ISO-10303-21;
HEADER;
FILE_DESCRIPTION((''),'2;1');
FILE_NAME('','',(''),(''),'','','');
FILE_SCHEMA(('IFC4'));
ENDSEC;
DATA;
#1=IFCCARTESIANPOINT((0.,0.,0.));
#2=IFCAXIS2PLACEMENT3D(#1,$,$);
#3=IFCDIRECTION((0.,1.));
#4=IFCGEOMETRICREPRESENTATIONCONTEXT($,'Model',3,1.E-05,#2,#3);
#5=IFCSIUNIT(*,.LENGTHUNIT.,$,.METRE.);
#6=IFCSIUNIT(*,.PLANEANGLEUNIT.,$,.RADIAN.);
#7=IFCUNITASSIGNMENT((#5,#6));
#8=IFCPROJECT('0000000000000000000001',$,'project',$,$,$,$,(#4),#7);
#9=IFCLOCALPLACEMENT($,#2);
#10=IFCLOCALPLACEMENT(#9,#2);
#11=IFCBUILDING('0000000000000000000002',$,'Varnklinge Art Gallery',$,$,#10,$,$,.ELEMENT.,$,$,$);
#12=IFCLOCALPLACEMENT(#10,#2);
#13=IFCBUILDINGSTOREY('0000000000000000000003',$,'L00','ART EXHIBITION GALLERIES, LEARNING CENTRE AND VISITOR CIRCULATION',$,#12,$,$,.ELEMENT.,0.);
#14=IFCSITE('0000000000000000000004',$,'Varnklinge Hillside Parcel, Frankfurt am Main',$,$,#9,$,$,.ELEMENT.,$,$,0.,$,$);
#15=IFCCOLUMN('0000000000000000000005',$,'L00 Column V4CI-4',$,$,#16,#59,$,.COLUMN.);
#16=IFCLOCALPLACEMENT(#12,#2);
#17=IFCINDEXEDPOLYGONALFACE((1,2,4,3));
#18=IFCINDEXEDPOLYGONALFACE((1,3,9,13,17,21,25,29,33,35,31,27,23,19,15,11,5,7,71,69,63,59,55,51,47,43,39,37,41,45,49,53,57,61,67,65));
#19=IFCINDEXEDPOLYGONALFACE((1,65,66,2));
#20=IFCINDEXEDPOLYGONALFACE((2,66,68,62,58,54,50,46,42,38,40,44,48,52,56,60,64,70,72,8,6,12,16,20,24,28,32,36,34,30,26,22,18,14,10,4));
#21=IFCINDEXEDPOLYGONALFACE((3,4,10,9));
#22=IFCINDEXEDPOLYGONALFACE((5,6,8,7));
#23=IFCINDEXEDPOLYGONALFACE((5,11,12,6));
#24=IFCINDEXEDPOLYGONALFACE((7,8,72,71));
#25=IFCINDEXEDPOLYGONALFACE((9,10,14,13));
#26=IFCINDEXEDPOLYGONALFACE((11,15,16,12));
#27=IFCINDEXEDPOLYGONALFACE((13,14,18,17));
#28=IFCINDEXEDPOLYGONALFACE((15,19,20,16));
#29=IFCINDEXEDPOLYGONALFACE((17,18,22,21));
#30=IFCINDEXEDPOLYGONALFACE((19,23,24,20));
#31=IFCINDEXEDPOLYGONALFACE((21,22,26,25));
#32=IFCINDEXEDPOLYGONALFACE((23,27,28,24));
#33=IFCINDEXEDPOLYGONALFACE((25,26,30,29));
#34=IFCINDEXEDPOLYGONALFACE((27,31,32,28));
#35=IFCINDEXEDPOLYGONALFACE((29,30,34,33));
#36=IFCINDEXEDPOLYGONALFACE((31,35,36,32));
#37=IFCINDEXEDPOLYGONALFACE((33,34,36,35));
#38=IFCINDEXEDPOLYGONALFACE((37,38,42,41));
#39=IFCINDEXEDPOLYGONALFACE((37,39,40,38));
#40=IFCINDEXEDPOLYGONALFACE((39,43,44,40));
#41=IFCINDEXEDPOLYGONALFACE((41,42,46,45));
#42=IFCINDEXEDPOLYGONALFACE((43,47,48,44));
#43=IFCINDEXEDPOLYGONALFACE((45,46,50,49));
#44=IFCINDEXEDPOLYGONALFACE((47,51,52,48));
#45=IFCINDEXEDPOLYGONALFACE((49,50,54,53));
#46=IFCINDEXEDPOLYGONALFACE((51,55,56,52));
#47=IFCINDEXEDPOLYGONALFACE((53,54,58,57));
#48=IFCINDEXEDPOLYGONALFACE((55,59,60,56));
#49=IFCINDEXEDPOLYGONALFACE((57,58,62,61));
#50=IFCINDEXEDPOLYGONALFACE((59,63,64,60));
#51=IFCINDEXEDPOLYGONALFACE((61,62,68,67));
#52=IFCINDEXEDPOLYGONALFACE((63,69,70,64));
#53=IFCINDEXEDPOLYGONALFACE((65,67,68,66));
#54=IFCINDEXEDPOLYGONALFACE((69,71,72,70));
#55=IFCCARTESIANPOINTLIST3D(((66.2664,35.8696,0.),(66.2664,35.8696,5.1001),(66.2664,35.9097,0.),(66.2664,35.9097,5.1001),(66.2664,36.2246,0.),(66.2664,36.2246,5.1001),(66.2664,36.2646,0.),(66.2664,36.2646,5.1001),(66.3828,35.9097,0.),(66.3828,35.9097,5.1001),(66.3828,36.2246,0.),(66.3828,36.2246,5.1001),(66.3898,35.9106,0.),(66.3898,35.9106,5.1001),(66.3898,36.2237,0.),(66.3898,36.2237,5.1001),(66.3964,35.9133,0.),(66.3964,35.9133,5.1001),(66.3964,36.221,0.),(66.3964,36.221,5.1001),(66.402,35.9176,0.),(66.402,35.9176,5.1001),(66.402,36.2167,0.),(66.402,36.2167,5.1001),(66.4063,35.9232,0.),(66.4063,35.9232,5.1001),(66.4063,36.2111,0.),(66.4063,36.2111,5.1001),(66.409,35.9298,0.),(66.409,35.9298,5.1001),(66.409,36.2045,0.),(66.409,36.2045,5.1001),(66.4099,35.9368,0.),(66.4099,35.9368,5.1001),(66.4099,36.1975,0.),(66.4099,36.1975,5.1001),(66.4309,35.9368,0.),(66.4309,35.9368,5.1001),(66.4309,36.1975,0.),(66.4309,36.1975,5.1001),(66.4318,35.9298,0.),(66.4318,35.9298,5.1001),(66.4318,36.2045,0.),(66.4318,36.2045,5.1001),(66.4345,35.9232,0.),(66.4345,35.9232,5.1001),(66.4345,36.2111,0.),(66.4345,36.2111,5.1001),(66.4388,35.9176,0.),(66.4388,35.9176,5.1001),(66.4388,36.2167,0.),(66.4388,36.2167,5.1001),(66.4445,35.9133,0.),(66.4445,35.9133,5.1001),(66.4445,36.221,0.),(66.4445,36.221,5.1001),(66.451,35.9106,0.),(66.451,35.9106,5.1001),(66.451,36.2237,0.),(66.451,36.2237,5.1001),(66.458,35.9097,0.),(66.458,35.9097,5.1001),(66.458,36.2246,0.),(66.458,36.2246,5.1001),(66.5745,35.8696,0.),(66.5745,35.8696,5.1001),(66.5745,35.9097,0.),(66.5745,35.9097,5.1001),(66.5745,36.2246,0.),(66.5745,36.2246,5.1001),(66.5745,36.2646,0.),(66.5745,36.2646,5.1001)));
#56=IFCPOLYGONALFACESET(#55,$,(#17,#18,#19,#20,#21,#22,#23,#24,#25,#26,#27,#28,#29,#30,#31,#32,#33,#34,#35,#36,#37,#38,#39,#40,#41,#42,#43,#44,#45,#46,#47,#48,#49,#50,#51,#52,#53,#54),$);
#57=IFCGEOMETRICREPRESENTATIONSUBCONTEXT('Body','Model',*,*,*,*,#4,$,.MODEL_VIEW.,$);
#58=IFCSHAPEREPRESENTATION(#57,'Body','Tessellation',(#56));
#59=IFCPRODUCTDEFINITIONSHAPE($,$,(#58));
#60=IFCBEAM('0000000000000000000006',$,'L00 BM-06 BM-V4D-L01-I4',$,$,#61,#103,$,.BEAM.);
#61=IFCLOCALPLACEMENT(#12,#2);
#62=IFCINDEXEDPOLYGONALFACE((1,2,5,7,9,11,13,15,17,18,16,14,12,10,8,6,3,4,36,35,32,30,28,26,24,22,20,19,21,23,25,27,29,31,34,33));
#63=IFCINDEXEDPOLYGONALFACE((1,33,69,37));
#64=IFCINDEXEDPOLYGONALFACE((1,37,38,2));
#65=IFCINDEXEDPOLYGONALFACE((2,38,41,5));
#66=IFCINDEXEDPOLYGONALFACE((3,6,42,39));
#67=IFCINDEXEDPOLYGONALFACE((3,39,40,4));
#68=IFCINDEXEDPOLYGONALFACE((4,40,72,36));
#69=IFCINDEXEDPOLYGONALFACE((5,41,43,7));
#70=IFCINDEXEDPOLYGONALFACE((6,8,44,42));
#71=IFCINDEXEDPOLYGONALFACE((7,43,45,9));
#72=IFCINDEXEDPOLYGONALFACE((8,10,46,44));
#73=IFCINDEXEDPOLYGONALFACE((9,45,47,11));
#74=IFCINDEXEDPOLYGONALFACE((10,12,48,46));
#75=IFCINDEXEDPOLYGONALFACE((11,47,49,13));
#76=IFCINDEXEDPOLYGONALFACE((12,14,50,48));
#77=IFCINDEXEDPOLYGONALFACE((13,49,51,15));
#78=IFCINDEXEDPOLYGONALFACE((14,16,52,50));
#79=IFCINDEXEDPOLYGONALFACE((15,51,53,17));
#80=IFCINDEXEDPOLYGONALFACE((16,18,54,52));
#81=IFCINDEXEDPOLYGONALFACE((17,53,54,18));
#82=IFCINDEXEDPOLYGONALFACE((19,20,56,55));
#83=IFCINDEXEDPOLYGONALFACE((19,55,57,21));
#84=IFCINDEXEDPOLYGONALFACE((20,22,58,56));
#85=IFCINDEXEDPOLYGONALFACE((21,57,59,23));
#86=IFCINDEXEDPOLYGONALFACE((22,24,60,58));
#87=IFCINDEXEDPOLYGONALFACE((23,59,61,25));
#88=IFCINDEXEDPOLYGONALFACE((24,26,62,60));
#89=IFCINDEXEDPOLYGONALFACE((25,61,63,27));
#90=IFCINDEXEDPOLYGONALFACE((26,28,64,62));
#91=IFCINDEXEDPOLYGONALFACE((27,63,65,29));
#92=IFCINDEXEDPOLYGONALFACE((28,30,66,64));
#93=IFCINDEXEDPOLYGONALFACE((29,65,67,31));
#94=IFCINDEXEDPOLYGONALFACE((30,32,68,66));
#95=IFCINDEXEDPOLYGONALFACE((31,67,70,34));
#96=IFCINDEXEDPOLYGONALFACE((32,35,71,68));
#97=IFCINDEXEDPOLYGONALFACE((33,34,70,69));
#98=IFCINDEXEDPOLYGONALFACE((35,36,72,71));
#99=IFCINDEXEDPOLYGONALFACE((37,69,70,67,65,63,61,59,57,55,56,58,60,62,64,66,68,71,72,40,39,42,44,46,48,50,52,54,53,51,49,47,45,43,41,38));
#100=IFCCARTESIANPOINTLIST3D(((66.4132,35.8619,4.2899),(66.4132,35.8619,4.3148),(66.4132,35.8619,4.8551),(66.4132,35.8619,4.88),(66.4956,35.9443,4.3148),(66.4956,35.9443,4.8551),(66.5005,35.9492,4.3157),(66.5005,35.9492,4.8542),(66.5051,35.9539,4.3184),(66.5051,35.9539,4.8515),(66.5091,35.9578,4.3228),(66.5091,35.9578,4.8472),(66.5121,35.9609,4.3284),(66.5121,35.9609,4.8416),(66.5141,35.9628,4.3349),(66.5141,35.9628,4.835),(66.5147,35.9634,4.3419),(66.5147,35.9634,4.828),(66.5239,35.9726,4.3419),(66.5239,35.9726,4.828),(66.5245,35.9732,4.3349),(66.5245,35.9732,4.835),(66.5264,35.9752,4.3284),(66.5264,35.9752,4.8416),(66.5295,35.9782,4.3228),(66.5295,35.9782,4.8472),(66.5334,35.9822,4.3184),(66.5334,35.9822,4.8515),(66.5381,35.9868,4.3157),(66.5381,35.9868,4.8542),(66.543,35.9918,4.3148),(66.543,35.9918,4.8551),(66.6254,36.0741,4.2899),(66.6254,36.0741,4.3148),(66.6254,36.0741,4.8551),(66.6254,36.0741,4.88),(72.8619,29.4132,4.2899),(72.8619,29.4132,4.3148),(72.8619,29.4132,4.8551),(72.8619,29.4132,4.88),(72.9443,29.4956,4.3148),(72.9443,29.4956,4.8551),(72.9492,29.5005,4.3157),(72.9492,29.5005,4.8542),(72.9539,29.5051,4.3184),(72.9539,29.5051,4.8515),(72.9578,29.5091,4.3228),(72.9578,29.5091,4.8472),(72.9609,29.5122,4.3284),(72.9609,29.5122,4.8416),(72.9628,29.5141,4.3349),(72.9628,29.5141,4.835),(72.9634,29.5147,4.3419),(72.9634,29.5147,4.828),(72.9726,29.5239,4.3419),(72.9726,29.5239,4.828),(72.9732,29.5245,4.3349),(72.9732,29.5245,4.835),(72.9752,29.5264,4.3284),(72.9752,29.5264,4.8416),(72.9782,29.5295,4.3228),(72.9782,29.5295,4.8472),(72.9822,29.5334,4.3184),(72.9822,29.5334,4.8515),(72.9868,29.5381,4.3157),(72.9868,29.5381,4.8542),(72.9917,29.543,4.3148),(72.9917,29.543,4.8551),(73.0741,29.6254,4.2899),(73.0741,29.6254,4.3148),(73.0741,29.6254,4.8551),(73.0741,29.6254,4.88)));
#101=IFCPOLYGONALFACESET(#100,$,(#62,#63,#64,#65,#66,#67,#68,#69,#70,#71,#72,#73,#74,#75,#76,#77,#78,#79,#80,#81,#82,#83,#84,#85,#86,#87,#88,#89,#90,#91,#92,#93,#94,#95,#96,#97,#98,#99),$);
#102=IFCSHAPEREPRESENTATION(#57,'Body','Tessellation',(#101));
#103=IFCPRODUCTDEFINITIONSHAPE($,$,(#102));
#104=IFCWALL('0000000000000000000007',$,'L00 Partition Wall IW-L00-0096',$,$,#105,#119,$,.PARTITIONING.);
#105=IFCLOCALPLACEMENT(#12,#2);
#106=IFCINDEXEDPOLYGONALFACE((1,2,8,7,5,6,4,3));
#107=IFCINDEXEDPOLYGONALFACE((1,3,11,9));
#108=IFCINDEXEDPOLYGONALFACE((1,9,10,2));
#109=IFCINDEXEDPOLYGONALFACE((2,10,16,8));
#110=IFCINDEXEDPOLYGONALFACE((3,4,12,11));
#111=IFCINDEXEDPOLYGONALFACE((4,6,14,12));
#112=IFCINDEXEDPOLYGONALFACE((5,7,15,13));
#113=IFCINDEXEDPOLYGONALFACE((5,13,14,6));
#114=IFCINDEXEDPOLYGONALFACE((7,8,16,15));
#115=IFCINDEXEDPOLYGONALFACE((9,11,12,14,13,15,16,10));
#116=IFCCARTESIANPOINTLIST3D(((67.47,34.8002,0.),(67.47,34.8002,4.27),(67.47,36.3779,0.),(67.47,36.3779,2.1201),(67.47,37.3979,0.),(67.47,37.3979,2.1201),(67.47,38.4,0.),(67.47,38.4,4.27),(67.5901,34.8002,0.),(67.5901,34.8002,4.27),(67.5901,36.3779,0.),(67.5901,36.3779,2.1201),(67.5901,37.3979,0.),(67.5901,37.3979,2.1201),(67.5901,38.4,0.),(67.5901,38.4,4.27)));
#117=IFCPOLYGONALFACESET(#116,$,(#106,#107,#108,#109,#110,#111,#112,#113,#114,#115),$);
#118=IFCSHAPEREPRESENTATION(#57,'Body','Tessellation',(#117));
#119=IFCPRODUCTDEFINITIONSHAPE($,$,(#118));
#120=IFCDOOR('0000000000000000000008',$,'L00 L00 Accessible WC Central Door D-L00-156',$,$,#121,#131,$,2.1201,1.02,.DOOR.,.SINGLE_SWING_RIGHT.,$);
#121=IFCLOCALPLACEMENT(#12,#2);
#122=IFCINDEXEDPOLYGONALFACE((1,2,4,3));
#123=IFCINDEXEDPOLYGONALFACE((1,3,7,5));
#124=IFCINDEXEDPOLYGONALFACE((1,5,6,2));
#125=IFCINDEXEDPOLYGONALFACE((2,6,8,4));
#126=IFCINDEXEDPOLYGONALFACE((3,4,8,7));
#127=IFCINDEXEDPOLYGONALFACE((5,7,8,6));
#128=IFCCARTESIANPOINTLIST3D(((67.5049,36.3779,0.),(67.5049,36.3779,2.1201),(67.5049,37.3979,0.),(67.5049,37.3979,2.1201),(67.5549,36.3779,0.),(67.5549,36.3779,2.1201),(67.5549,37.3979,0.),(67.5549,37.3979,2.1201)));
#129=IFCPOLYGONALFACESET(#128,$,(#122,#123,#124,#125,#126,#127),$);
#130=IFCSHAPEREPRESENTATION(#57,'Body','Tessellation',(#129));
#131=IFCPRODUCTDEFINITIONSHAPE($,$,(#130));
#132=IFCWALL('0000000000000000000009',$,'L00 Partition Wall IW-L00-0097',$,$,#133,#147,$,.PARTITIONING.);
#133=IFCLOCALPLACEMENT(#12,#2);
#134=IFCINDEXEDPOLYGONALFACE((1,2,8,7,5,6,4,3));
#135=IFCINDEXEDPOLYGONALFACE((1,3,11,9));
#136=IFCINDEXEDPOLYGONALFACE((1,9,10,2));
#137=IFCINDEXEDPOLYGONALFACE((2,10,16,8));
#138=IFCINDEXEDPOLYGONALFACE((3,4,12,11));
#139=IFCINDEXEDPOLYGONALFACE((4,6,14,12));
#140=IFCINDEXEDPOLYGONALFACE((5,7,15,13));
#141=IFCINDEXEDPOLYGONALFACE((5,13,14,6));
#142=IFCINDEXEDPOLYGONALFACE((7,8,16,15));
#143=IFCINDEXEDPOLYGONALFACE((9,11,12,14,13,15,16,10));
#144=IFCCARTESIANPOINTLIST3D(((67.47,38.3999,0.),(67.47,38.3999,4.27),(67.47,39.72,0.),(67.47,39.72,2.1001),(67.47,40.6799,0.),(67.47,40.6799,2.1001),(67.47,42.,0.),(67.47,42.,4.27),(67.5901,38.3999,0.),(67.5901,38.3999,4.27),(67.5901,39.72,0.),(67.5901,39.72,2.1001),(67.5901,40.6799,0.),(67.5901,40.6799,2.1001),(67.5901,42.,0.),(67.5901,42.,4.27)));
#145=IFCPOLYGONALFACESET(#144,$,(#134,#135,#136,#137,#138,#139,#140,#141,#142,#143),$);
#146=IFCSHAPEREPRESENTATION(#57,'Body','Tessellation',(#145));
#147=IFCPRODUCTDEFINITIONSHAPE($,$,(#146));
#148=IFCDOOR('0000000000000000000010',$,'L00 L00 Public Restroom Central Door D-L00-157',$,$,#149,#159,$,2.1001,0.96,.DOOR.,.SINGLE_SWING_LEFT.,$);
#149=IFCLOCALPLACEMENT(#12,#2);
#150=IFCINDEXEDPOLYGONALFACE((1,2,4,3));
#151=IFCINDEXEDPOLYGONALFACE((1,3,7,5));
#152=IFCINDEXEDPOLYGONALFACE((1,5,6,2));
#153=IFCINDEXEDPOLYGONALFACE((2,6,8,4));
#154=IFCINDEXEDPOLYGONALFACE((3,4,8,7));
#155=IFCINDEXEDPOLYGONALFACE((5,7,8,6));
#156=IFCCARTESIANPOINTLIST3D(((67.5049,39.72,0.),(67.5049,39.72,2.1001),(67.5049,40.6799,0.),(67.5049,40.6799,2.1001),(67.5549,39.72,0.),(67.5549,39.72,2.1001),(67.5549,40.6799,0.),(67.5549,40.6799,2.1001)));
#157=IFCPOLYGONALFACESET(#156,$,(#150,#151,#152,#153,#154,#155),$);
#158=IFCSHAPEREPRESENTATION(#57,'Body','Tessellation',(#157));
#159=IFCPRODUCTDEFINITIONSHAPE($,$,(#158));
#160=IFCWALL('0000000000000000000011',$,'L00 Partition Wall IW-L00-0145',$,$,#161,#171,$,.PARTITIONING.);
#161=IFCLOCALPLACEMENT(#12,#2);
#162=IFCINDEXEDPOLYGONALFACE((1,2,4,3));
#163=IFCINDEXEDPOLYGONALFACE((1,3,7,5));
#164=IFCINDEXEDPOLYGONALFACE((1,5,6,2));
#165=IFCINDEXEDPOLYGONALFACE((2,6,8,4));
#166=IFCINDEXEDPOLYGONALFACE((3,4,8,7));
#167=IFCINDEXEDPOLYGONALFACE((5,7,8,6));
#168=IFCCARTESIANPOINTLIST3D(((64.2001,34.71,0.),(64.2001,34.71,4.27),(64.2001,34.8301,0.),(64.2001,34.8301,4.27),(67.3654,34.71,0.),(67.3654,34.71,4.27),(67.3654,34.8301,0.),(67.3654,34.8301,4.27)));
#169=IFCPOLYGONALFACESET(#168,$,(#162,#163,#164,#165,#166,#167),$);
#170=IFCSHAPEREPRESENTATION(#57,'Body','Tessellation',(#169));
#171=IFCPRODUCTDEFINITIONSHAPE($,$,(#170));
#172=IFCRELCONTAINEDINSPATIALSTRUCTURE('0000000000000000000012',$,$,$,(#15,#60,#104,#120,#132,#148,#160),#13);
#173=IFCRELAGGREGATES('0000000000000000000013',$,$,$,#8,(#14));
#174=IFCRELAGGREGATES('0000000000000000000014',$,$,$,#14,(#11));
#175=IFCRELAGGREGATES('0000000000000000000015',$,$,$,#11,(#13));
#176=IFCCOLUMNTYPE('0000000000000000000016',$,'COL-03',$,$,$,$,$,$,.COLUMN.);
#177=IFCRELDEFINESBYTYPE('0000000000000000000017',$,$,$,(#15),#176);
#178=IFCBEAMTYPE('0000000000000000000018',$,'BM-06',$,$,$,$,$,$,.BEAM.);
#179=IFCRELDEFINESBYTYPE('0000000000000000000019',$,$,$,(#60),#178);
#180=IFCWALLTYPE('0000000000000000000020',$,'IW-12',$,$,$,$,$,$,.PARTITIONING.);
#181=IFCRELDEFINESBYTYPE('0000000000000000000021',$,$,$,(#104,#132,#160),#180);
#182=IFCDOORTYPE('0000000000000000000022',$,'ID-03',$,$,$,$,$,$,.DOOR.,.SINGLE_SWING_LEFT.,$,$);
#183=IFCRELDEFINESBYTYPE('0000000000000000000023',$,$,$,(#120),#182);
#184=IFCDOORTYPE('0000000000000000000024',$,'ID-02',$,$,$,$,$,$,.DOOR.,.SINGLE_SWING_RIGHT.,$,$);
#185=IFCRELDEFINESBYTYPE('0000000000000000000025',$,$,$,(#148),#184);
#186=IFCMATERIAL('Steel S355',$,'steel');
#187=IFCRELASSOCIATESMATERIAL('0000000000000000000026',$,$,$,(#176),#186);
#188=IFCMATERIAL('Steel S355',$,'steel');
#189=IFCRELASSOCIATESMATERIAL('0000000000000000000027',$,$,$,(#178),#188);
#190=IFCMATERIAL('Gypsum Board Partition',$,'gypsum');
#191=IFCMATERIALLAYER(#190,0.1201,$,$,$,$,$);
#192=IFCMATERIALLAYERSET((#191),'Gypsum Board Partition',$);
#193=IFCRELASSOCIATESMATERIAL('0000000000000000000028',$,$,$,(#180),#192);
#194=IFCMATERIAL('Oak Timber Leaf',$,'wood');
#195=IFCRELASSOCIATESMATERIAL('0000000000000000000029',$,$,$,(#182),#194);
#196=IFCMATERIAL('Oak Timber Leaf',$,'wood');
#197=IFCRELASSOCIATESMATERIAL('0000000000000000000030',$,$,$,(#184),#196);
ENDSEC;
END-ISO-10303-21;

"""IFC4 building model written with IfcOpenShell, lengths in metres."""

from ifc_helpers import new_model, si_unit, direction, frame, frame_2d, origin, origin_2d, place, context, subcontext, project, spatial, rectangle, i_section, extrude, material, layer, layer_set, material_profile, profile_set, type_object, element, fill, save


model = new_model("IFC4")

# Units and contexts
model_context = context("Model", 3, precision=1e-05, world=origin(), true_north=direction((0.0, 1.0)))
body_context = subcontext(model_context, "Body", "Model", "MODEL_VIEW")
ifc_project = project(units=[si_unit("LENGTHUNIT", "METRE"), si_unit("PLANEANGLEUNIT", "RADIAN")], contexts=[model_context])

# Site, building, storey
site_placement = place(None, origin())
site = spatial("IfcSite", under=ifc_project, at=site_placement, Name="Varnklinge Hillside Parcel, Frankfurt am Main", CompositionType="ELEMENT", RefElevation=0.0)
building_placement = place(site_placement, origin())
building = spatial("IfcBuilding", under=site, at=building_placement, Name="Varnklinge Art Gallery", CompositionType="ELEMENT")
storey_placement = place(building_placement, origin())
storey = spatial("IfcBuildingStorey", under=building, at=storey_placement, Name="L00", Description="ART EXHIBITION GALLERIES, LEARNING CENTRE AND VISITOR CIRCULATION", CompositionType="ELEMENT", Elevation=0.0)

# Column
ifc_material_1 = material(Name="Steel S355", Category="steel")
ifc_material_profile_1 = material_profile(ifc_material_1, i_section(OverallWidth=0.3081, OverallDepth=0.395, WebThickness=0.021, FlangeThickness=0.04, FilletRadius=0.0271, at=origin_2d()), Name="HEM 360")
ifc_profile_set_1 = profile_set([ifc_material_profile_1], Name="Steel S355")
column_type = type_object("IfcColumnType", Name="COL-03", PredefinedType="COLUMN", material=ifc_profile_set_1)
column_placement = place(storey_placement, frame((66.4204, 36.0671, 0.0), z_axis=(0.0, 0.0, 1.0), x_axis=(1.0, 0.0, 0.0)))
element("IfcColumn", 1, at=column_placement, inside=storey, type_object=column_type, Name="L00 Column V4CI-4", PredefinedType="COLUMN", context=body_context, shape_type="SweptSolid", body=[
    extrude(i_section(OverallWidth=0.3081, OverallDepth=0.395, WebThickness=0.021, FlangeThickness=0.04, FilletRadius=0.0271, at=origin_2d()), origin(), (0.0, 0.0, 1.0), 5.1001),
])

# Beam
ifc_material_2 = material(Name="Steel S355", Category="steel")
ifc_material_profile_2 = material_profile(ifc_material_2, i_section(OverallWidth=0.3, OverallDepth=0.5901, WebThickness=0.0129, FlangeThickness=0.0249, FilletRadius=0.0271, at=origin_2d()), Name="HEA 600")
ifc_profile_set_2 = profile_set([ifc_material_profile_2], Name="Steel S355")
beam_type = type_object("IfcBeamType", Name="BM-06", PredefinedType="BEAM", material=ifc_profile_set_2)
beam_placement = place(storey_placement, frame((66.5193, 35.968, 4.585), z_axis=(0.707107, -0.707107, 0.0), x_axis=(0.707107, 0.707107, 0.0)))
element("IfcBeam", 2, at=beam_placement, inside=storey, type_object=beam_type, Name="L00 BM-06 BM-V4D-L01-I4", PredefinedType="BEAM", context=body_context, shape_type="SweptSolid", body=[
    extrude(i_section(OverallWidth=0.3, OverallDepth=0.5901, WebThickness=0.0129, FlangeThickness=0.0249, FilletRadius=0.0271, at=origin_2d()), origin(), (0.0, 0.0, 1.0), 9.1199),
])

# Walls, openings, doors
ifc_material_3 = material(Name="Gypsum Board Partition", Category="gypsum")
ifc_layer_1 = layer(ifc_material_3, 0.1201)
ifc_layer_set_1 = layer_set([ifc_layer_1], Name="Gypsum Board Partition")
wall_type_1 = type_object("IfcWallType", Name="IW-12", PredefinedType="PARTITIONING", material=ifc_layer_set_1)
wall_1_placement = place(storey_placement, frame((67.53, 38.3999, 0.0), z_axis=(0.0, 0.0, 1.0), x_axis=(0.0, -1.0, 0.0)))
wall_1 = element("IfcWall", 3, at=wall_1_placement, inside=storey, type_object=wall_type_1, Name="L00 Partition Wall IW-L00-0096", PredefinedType="PARTITIONING", context=body_context, shape_type="SweptSolid", body=[
    extrude(rectangle(XDim=3.5999, YDim=0.1201, at=frame_2d((1.7998, 0.0))), origin(), (0.0, 0.0, 1.0), 4.27),
])
opening_1_placement = place(wall_1_placement, frame((1.002, 0.0, 0.0)))
opening_1 = element("IfcOpeningElement", 4, at=opening_1_placement, cuts=wall_1, PredefinedType="OPENING", context=body_context, shape_type="SweptSolid", body=[
    extrude(rectangle(XDim=1.02, YDim=2.1201, at=frame_2d((0.51, 1.0601))), frame((0.0, 0.0701, 0.0), z_axis=(0.0, -1.0, 0.0), x_axis=(1.0, 0.0, 0.0)), (0.0, 0.0, 1.0), 0.1401),
])
ifc_material_4 = material(Name="Oak Timber Leaf", Category="wood")
door_type_1 = type_object("IfcDoorType", Name="ID-03", OperationType="SINGLE_SWING_LEFT", PredefinedType="DOOR", material=ifc_material_4)
door_1_placement = place(opening_1_placement, origin())
door_1 = element("IfcDoor", 5, at=door_1_placement, inside=storey, type_object=door_type_1, Name="L00 L00 Accessible WC Central Door D-L00-156", OperationType="SINGLE_SWING_RIGHT", OverallHeight=2.1201, OverallWidth=1.02, PredefinedType="DOOR", context=body_context, shape_type="SweptSolid", body=[
    extrude(rectangle(XDim=1.02, YDim=2.1201, at=frame_2d((0.51, 1.0601))), frame((0.0, 0.0249, 0.0), z_axis=(0.0, -1.0, 0.0), x_axis=(1.0, 0.0, 0.0)), (0.0, 0.0, 1.0), 0.05),
])
fill(opening_1, door_1)
wall_2_placement = place(storey_placement, frame((67.53, 42.0, 0.0), z_axis=(0.0, 0.0, 1.0), x_axis=(0.0, -1.0, 0.0)))
wall_2 = element("IfcWall", 6, at=wall_2_placement, inside=storey, type_object=wall_type_1, Name="L00 Partition Wall IW-L00-0097", PredefinedType="PARTITIONING", context=body_context, shape_type="SweptSolid", body=[
    extrude(rectangle(XDim=3.6001, YDim=0.1201, at=frame_2d((1.8, 0.0))), origin(), (0.0, 0.0, 1.0), 4.27),
])
opening_2_placement = place(wall_2_placement, frame((1.3201, 0.0, 0.0)))
opening_2 = element("IfcOpeningElement", 7, at=opening_2_placement, cuts=wall_2, PredefinedType="OPENING", context=body_context, shape_type="SweptSolid", body=[
    extrude(rectangle(XDim=0.96, YDim=2.1001, at=frame_2d((0.48, 1.05))), frame((0.0, 0.0701, 0.0), z_axis=(0.0, -1.0, 0.0), x_axis=(1.0, 0.0, 0.0)), (0.0, 0.0, 1.0), 0.1401),
])
ifc_material_5 = material(Name="Oak Timber Leaf", Category="wood")
door_type_2 = type_object("IfcDoorType", Name="ID-02", OperationType="SINGLE_SWING_RIGHT", PredefinedType="DOOR", material=ifc_material_5)
door_2_placement = place(opening_2_placement, origin())
door_2 = element("IfcDoor", 8, at=door_2_placement, inside=storey, type_object=door_type_2, Name="L00 L00 Public Restroom Central Door D-L00-157", OperationType="SINGLE_SWING_LEFT", OverallHeight=2.1001, OverallWidth=0.96, PredefinedType="DOOR", context=body_context, shape_type="SweptSolid", body=[
    extrude(rectangle(XDim=0.96, YDim=2.1001, at=frame_2d((0.48, 1.05))), frame((0.0, 0.0249, 0.0), z_axis=(0.0, -1.0, 0.0), x_axis=(1.0, 0.0, 0.0)), (0.0, 0.0, 1.0), 0.05),
])
fill(opening_2, door_2)

# Wall
wall_3_placement = place(storey_placement, frame((67.3652, 34.77, 0.0), z_axis=(0.0, 0.0, 1.0), x_axis=(-1.0, 0.0, 0.0)))
element("IfcWall", 9, at=wall_3_placement, inside=storey, type_object=wall_type_1, Name="L00 Partition Wall IW-L00-0145", PredefinedType="PARTITIONING", context=body_context, shape_type="SweptSolid", body=[
    extrude(rectangle(XDim=3.1653, YDim=0.1201, at=frame_2d((1.5825, 0.0))), origin(), (0.0, 0.0, 1.0), 4.27),
])

save(model, "model.ifc")
